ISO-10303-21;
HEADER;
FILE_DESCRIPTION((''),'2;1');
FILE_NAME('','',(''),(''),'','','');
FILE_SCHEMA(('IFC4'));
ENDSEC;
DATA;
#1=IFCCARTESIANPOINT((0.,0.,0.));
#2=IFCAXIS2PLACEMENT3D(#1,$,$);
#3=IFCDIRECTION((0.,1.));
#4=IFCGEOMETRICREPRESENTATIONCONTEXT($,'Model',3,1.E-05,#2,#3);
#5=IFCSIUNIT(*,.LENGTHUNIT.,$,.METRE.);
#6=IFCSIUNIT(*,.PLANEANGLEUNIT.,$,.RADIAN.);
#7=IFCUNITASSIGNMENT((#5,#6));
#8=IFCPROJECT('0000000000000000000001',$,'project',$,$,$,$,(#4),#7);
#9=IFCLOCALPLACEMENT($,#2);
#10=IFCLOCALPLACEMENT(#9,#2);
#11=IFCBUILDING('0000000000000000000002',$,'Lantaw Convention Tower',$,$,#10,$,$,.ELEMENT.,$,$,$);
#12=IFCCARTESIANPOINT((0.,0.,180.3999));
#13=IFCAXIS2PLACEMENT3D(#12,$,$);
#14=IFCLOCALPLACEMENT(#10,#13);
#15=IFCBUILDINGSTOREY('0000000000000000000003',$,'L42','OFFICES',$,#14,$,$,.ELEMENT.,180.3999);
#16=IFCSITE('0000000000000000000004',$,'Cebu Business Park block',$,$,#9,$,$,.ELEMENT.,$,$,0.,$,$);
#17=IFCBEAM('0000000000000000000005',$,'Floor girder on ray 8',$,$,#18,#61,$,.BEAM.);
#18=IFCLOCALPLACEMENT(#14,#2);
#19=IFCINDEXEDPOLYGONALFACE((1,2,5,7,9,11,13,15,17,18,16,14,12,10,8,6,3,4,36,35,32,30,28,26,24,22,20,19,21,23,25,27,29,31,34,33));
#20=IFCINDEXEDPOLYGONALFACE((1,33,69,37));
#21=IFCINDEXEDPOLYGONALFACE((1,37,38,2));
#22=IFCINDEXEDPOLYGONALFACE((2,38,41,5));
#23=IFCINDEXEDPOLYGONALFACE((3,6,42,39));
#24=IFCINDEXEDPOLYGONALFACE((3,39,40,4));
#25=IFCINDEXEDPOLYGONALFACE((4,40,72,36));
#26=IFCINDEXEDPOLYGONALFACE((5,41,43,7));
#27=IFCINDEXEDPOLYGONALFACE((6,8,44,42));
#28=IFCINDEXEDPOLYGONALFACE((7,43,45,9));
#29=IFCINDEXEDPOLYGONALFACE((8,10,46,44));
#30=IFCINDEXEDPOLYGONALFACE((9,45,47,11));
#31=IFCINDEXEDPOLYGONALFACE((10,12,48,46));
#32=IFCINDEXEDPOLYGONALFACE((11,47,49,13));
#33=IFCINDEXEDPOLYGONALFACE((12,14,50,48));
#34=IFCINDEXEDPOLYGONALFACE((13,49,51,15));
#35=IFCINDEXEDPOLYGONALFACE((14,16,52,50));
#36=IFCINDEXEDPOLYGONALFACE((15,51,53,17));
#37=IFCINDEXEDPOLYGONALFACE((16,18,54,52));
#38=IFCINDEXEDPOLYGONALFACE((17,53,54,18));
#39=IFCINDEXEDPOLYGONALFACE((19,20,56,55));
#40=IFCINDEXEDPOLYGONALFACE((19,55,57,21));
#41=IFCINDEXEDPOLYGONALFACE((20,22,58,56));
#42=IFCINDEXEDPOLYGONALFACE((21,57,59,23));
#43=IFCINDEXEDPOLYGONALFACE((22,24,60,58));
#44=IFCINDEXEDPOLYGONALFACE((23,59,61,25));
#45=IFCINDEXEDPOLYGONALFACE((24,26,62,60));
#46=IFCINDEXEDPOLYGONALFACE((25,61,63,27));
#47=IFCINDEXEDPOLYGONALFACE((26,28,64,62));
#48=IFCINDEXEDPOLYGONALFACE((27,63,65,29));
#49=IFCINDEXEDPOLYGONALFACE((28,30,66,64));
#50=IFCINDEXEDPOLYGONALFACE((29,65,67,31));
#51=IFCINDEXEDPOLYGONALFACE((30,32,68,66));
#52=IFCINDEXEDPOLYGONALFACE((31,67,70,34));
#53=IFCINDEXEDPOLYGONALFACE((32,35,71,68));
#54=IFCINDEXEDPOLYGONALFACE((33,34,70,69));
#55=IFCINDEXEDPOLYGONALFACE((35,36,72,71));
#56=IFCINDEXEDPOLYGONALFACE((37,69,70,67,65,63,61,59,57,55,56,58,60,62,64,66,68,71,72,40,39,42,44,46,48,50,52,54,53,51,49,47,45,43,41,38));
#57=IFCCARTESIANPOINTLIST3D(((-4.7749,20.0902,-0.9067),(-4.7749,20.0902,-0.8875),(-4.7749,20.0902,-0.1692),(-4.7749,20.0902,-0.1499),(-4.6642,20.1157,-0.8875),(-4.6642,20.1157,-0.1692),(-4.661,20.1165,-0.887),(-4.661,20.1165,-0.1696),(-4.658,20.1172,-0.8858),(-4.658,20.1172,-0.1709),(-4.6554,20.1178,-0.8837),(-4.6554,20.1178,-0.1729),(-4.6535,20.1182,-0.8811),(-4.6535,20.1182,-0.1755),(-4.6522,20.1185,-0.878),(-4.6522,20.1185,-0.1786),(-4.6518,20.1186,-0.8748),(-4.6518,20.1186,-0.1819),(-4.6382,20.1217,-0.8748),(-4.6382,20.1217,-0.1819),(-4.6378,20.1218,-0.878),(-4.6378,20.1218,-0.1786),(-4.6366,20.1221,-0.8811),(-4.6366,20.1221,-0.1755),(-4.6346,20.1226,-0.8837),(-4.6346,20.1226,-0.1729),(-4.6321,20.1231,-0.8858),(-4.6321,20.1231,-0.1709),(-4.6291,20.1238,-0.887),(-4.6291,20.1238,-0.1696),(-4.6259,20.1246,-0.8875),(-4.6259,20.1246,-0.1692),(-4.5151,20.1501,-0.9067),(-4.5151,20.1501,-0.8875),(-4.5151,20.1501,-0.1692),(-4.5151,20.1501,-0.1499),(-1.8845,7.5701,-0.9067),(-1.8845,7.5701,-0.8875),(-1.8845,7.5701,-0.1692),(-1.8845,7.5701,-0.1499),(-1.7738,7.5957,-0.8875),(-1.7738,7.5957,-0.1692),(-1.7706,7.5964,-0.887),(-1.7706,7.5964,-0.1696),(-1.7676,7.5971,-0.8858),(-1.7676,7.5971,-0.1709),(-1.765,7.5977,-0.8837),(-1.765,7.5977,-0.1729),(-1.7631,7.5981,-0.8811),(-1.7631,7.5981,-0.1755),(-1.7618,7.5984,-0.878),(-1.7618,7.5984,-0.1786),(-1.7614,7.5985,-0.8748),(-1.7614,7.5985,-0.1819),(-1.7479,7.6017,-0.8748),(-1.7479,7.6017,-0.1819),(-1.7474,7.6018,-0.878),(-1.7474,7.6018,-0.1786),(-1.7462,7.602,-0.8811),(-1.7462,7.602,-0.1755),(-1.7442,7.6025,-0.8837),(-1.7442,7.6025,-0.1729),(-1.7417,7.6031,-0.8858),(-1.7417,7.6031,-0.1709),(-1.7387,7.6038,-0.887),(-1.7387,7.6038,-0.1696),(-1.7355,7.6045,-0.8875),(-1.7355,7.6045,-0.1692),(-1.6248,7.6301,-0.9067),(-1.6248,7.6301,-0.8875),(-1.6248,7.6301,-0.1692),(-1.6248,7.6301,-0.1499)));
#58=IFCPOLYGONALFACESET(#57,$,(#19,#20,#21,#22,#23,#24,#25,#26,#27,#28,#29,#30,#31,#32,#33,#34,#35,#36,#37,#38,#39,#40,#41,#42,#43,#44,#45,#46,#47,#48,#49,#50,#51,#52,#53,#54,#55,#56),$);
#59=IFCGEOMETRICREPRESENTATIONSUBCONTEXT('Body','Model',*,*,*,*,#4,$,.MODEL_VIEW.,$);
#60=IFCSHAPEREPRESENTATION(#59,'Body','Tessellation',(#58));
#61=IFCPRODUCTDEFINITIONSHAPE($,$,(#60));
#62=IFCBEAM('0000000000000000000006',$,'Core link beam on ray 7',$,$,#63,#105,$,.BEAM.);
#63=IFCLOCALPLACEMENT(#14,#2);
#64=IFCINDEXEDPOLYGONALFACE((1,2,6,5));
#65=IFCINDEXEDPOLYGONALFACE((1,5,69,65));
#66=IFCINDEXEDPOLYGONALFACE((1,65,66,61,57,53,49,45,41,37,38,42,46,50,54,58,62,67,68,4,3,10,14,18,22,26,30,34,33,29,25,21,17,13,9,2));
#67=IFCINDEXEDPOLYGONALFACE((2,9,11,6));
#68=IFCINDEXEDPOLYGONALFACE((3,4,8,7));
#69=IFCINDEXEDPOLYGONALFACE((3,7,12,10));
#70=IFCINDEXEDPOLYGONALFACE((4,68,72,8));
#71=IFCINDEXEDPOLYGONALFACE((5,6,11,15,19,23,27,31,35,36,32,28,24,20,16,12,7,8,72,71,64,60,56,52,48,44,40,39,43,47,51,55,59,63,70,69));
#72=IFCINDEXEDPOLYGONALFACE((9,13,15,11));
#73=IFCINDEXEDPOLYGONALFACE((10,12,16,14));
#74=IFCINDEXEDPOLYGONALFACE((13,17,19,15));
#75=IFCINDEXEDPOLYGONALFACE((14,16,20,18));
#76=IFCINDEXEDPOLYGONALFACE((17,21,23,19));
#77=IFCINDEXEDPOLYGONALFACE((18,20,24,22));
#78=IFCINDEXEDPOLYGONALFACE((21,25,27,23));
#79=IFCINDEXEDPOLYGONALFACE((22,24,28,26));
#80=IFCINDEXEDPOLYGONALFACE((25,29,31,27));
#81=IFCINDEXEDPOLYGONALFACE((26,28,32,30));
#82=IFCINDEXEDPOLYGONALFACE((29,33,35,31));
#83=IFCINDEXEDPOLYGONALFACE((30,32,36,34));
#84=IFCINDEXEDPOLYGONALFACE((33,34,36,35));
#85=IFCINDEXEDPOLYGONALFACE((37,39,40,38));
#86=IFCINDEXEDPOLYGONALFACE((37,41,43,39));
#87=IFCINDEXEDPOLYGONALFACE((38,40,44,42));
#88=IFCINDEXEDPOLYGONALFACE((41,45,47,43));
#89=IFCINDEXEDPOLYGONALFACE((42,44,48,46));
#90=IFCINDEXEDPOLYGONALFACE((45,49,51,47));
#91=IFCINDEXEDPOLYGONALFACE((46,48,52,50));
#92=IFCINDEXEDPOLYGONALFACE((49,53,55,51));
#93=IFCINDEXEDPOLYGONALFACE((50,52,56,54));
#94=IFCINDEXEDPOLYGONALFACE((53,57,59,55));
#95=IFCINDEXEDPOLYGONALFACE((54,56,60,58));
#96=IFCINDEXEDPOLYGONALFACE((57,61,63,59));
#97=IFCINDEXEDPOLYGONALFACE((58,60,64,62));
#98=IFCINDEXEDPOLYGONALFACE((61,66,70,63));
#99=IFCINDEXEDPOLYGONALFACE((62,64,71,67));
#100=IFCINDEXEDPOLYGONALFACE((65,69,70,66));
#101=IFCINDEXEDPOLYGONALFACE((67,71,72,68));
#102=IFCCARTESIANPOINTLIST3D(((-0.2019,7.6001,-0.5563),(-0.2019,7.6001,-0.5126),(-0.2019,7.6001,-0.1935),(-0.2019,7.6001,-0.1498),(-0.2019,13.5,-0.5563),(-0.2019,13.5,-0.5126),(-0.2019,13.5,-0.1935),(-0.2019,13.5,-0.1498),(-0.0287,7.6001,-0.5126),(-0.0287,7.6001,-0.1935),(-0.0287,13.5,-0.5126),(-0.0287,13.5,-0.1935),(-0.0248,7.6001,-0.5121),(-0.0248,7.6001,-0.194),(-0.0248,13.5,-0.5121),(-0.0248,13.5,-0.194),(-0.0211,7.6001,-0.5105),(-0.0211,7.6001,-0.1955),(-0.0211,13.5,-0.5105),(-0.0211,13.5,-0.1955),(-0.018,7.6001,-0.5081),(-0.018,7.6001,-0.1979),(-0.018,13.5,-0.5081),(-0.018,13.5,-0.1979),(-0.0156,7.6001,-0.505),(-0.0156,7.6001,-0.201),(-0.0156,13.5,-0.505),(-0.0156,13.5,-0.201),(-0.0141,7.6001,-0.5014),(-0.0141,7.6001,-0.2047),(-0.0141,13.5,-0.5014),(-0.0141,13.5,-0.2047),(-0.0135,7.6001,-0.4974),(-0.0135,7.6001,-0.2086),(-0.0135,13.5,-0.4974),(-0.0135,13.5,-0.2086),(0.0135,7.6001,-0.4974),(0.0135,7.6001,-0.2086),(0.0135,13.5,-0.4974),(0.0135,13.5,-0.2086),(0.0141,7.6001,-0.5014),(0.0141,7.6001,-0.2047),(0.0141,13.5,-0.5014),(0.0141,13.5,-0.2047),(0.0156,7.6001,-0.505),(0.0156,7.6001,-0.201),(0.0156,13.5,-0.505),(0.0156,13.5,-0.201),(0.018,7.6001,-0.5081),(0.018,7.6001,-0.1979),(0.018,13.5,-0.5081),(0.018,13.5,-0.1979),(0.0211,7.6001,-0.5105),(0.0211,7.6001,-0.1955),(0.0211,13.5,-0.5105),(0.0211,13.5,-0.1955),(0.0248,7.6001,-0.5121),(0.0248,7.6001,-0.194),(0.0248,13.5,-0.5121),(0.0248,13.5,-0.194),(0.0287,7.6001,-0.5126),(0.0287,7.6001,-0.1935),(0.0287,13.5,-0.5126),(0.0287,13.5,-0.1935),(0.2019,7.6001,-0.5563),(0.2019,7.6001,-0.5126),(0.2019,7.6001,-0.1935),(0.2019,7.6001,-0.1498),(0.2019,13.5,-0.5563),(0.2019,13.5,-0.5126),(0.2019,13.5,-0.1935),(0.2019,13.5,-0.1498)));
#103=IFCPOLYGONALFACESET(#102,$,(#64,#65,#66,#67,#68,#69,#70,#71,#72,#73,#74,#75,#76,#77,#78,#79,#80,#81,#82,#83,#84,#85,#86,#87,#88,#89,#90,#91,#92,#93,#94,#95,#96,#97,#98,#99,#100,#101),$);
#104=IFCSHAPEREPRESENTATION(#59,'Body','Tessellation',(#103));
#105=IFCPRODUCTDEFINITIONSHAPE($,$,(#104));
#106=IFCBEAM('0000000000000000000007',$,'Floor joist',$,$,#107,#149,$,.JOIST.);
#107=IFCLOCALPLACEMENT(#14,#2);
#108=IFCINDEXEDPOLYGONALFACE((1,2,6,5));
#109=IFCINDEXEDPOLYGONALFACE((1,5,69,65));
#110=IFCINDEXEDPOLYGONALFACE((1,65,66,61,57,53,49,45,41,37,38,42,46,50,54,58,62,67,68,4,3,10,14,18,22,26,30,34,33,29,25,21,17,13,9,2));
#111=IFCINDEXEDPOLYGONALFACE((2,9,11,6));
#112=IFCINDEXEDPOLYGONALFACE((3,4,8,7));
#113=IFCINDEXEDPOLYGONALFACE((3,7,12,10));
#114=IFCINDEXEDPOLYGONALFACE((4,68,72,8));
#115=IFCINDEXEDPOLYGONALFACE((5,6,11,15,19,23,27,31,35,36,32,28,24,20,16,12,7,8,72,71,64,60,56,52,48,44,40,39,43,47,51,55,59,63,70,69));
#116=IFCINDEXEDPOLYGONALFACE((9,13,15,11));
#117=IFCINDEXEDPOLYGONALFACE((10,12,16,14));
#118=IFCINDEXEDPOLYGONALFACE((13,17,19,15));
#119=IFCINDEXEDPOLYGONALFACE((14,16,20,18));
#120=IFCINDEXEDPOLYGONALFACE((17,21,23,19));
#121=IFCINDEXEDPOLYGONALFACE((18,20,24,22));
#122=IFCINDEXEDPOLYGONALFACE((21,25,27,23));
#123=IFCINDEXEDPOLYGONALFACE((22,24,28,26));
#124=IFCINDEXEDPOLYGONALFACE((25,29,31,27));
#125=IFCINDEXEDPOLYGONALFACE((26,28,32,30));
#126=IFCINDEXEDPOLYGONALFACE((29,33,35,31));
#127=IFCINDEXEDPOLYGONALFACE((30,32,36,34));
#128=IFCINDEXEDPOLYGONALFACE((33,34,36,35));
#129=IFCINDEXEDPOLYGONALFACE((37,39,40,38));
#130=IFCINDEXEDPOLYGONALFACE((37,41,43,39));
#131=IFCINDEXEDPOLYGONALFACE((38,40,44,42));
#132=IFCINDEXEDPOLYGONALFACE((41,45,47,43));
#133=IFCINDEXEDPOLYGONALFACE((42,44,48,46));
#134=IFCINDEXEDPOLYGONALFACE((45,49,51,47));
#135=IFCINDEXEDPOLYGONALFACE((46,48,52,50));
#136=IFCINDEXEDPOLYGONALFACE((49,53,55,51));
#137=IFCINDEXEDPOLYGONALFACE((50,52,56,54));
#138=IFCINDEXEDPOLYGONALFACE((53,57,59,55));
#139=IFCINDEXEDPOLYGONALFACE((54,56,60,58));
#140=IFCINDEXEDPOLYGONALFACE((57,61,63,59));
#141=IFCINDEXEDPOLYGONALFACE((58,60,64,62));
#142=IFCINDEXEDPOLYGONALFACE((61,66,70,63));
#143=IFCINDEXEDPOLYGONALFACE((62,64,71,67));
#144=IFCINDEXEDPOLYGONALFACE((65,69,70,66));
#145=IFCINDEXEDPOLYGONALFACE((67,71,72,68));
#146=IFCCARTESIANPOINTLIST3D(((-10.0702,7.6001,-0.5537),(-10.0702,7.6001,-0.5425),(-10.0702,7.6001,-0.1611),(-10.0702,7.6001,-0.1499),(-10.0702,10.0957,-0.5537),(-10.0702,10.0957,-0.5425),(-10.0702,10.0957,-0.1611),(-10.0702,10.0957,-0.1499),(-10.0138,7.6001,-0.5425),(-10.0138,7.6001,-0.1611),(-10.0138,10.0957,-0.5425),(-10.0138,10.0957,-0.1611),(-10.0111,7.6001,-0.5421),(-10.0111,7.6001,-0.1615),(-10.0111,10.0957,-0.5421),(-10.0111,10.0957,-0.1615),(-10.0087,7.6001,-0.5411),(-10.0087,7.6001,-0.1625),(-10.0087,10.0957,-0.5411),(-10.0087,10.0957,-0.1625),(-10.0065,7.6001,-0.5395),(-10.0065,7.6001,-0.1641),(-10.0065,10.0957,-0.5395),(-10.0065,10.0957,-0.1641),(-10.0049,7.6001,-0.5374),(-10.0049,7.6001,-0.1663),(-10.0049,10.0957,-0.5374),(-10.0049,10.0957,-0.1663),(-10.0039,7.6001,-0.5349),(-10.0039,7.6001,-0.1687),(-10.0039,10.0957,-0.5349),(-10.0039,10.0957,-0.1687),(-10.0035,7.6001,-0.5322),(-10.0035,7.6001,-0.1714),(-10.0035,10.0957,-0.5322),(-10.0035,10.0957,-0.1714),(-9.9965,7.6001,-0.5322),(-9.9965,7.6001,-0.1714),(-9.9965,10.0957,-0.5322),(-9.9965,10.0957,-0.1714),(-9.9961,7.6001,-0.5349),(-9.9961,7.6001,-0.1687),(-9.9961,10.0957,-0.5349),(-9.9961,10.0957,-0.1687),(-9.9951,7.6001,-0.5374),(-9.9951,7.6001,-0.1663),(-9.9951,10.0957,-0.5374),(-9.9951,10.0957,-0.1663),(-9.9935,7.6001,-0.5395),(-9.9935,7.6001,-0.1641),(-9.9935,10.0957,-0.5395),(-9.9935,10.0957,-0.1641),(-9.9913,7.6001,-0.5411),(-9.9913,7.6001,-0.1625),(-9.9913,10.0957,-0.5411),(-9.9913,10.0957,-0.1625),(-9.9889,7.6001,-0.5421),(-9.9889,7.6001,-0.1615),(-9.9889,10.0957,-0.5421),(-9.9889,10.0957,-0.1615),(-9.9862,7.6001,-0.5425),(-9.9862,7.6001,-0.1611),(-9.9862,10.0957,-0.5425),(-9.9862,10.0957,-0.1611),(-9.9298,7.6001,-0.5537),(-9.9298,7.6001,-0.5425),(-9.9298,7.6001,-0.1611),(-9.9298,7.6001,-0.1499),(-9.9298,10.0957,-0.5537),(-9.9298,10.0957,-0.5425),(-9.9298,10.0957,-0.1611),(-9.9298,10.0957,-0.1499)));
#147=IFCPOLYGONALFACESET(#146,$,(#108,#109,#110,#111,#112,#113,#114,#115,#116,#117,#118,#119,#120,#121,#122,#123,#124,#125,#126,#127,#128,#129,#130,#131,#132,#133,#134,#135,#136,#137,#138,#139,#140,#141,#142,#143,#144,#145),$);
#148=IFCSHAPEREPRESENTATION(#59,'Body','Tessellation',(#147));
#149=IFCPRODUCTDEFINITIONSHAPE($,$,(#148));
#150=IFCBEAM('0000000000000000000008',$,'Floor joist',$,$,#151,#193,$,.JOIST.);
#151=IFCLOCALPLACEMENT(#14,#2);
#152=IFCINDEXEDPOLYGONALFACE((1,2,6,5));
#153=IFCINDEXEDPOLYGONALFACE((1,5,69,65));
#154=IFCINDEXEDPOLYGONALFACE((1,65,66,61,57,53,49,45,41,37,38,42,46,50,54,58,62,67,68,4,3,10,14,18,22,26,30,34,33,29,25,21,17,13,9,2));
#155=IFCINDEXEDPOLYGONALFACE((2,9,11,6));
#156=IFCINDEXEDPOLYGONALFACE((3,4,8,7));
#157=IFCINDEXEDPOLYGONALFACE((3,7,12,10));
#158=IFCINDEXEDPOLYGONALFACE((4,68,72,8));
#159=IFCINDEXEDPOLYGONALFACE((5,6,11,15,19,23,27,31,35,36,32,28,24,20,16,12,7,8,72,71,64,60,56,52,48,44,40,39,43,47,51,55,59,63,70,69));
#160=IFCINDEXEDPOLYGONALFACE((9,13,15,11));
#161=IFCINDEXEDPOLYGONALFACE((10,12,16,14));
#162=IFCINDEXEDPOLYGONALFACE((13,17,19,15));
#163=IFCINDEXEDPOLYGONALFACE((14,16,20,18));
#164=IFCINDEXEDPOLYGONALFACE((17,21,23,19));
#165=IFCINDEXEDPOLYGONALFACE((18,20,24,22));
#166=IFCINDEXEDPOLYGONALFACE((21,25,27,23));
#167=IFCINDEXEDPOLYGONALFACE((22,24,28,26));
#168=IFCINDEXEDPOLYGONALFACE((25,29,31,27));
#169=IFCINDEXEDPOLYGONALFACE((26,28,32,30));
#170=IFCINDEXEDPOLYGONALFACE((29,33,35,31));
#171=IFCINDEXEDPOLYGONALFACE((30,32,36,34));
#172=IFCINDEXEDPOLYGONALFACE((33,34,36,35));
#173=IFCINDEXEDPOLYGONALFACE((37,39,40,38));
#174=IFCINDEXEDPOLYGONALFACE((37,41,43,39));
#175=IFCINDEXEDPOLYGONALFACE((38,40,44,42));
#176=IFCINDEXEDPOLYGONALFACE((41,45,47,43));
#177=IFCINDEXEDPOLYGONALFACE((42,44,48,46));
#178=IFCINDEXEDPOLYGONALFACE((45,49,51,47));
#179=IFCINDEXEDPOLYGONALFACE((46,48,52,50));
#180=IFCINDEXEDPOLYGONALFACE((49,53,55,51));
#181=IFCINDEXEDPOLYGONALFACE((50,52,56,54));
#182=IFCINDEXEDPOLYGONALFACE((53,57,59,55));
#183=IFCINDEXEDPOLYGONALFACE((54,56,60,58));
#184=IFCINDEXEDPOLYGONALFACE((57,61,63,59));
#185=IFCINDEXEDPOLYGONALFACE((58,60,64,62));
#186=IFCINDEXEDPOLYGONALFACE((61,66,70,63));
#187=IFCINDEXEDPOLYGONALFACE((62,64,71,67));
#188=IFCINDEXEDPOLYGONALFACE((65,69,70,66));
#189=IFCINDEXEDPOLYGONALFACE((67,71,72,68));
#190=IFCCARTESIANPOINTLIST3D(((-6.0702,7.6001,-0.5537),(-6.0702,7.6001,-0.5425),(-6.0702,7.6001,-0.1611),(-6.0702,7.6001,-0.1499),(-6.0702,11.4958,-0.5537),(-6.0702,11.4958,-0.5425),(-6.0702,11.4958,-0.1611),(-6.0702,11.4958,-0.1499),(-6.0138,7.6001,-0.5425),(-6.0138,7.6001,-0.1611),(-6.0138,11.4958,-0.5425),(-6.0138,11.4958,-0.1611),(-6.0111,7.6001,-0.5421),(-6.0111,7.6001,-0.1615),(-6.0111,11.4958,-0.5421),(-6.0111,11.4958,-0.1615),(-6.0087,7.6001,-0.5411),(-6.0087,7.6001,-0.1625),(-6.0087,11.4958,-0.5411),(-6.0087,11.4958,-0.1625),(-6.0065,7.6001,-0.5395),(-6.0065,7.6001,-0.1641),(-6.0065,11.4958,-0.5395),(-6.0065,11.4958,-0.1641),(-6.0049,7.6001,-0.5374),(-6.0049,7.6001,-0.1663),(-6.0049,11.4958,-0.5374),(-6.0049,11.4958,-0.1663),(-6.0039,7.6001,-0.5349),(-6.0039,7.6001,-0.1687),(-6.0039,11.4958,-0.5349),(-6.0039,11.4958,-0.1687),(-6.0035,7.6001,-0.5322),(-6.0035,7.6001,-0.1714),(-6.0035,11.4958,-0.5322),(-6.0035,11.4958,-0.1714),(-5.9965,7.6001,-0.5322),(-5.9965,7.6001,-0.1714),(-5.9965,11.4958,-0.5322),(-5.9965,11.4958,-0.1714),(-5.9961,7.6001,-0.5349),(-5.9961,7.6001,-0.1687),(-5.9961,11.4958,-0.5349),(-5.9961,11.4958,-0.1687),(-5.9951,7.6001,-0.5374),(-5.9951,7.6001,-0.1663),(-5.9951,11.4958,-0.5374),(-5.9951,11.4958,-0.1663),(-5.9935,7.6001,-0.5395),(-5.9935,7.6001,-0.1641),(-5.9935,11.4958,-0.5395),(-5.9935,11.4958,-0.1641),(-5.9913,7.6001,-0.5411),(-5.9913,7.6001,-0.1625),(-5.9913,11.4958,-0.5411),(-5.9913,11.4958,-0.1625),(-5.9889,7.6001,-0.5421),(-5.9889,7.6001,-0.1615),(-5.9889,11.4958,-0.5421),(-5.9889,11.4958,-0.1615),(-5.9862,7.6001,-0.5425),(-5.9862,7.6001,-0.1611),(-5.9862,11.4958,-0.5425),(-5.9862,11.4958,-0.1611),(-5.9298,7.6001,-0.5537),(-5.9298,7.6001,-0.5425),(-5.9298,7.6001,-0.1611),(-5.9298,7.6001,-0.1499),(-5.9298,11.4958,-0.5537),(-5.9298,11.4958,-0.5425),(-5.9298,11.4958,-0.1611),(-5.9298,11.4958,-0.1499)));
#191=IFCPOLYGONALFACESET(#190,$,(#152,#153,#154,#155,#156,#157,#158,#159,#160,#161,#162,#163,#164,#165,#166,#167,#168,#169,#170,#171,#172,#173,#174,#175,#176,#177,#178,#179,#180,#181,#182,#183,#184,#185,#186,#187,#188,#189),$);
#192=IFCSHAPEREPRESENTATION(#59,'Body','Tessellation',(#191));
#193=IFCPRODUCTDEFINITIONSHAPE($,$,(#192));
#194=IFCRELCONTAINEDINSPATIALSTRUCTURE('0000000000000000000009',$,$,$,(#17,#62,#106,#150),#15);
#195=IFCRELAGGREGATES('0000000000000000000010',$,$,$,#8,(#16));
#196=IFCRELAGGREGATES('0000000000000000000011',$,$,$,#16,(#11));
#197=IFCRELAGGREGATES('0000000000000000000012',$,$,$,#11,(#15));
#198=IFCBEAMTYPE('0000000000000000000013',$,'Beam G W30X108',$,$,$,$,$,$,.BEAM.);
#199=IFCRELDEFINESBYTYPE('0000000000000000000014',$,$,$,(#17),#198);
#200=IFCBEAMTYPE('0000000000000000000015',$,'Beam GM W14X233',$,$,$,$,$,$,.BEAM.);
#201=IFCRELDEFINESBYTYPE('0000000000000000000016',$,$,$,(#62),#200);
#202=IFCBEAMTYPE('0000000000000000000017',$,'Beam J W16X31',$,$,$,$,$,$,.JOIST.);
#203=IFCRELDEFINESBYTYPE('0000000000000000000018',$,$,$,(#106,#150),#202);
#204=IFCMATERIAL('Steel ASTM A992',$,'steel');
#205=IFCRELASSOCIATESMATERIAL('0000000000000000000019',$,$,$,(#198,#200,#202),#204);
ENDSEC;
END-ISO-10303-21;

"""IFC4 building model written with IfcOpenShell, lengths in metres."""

from ifc_helpers import new_model, si_unit, direction, frame, origin, origin_2d, place, context, subcontext, project, spatial, i_section, extrude, material, material_profile, profile_set, type_object, element, save


model = new_model("IFC4")

# Units and contexts
model_context = context("Model", 3, precision=1e-05, world=origin(), true_north=direction((0.0, 1.0)))
body_context = subcontext(model_context, "Body", "Model", "MODEL_VIEW")
ifc_project = project(units=[si_unit("LENGTHUNIT", "METRE"), si_unit("PLANEANGLEUNIT", "RADIAN")], contexts=[model_context])

# Site, building, storey
site_placement = place(None, origin())
site = spatial("IfcSite", under=ifc_project, at=site_placement, Name="Cebu Business Park block", CompositionType="ELEMENT", RefElevation=0.0)
building_placement = place(site_placement, origin())
building = spatial("IfcBuilding", under=site, at=building_placement, Name="Lantaw Convention Tower", CompositionType="ELEMENT")
storey_placement = place(building_placement, frame((0.0, 0.0, 180.3999)))
storey = spatial("IfcBuildingStorey", under=building, at=storey_placement, Name="L42", Description="OFFICES", CompositionType="ELEMENT", Elevation=180.3999)

# Beams
ifc_material_1 = material(Name="Steel ASTM A992", Category="steel")
ifc_material_profile_1 = material_profile(ifc_material_1, i_section(OverallWidth=0.2666, OverallDepth=0.7568, WebThickness=0.0139, FlangeThickness=0.0193, FilletRadius=0.0127, at=origin_2d()), Name="W30X108")
ifc_profile_set_1 = profile_set([ifc_material_profile_1], Name="Steel ASTM A992")
beam_type_1 = type_object("IfcBeamType", Name="Beam G W30X108", PredefinedType="BEAM", material=ifc_profile_set_1)
beam_1_placement = place(storey_placement, frame((-1.7546, 7.6001, -0.5283), z_axis=(-0.224944, 0.974372, 0.0), x_axis=(-0.974372, -0.224944, 0.0)))
element("IfcBeam", 1, at=beam_1_placement, inside=storey, type_object=beam_type_1, Name="Floor girder on ray 8", PredefinedType="BEAM", context=body_context, shape_type="SweptSolid", body=[
    extrude(i_section(OverallWidth=0.2666, OverallDepth=0.7568, WebThickness=0.0139, FlangeThickness=0.0193, FilletRadius=0.0127, at=origin_2d()), origin(), (0.0, 0.0, 1.0), 12.8494),
])
ifc_material_profile_2 = material_profile(ifc_material_1, i_section(OverallWidth=0.4038, OverallDepth=0.4065, WebThickness=0.0271, FlangeThickness=0.0437, FilletRadius=0.0151, at=origin_2d()), Name="W14X233")
ifc_profile_set_2 = profile_set([ifc_material_profile_2], Name="Steel ASTM A992")
beam_type_2 = type_object("IfcBeamType", Name="Beam GM W14X233", PredefinedType="BEAM", material=ifc_profile_set_2)
beam_2_placement = place(storey_placement, frame((0.0, 7.6001, -0.353), z_axis=(0.0, 1.0, 0.0), x_axis=(-1.0, 0.0, 0.0)))
element("IfcBeam", 2, at=beam_2_placement, inside=storey, type_object=beam_type_2, Name="Core link beam on ray 7", PredefinedType="BEAM", context=body_context, shape_type="SweptSolid", body=[
    extrude(i_section(OverallWidth=0.4038, OverallDepth=0.4065, WebThickness=0.0271, FlangeThickness=0.0437, FilletRadius=0.0151, at=origin_2d()), origin(), (0.0, 0.0, 1.0), 5.8999),
])
ifc_material_profile_3 = material_profile(ifc_material_1, i_section(OverallWidth=0.1404, OverallDepth=0.4038, WebThickness=0.0071, FlangeThickness=0.0112, FilletRadius=0.0103, at=origin_2d()), Name="W16X31")
ifc_profile_set_3 = profile_set([ifc_material_profile_3], Name="Steel ASTM A992")
beam_type_3 = type_object("IfcBeamType", Name="Beam J W16X31", PredefinedType="JOIST", material=ifc_profile_set_3)
beam_3_placement = place(storey_placement, frame((-10.0, 7.6001, -0.3518), z_axis=(0.0, 1.0, 0.0), x_axis=(-1.0, 0.0, 0.0)))
element("IfcBeam", 3, at=beam_3_placement, inside=storey, type_object=beam_type_3, Name="Floor joist", PredefinedType="JOIST", context=body_context, shape_type="SweptSolid", body=[
    extrude(i_section(OverallWidth=0.1404, OverallDepth=0.4038, WebThickness=0.0071, FlangeThickness=0.0112, FilletRadius=0.0103, at=origin_2d()), origin(), (0.0, 0.0, 1.0), 2.4956),
])
beam_4_placement = place(storey_placement, frame((-6.0, 7.6001, -0.3518), z_axis=(0.0, 1.0, 0.0), x_axis=(-1.0, 0.0, 0.0)))
element("IfcBeam", 4, at=beam_4_placement, inside=storey, type_object=beam_type_3, Name="Floor joist", PredefinedType="JOIST", context=body_context, shape_type="SweptSolid", body=[
    extrude(i_section(OverallWidth=0.1404, OverallDepth=0.4038, WebThickness=0.0071, FlangeThickness=0.0112, FilletRadius=0.0103, at=origin_2d()), origin(), (0.0, 0.0, 1.0), 3.8958),
])

save(model, "model.ifc")
